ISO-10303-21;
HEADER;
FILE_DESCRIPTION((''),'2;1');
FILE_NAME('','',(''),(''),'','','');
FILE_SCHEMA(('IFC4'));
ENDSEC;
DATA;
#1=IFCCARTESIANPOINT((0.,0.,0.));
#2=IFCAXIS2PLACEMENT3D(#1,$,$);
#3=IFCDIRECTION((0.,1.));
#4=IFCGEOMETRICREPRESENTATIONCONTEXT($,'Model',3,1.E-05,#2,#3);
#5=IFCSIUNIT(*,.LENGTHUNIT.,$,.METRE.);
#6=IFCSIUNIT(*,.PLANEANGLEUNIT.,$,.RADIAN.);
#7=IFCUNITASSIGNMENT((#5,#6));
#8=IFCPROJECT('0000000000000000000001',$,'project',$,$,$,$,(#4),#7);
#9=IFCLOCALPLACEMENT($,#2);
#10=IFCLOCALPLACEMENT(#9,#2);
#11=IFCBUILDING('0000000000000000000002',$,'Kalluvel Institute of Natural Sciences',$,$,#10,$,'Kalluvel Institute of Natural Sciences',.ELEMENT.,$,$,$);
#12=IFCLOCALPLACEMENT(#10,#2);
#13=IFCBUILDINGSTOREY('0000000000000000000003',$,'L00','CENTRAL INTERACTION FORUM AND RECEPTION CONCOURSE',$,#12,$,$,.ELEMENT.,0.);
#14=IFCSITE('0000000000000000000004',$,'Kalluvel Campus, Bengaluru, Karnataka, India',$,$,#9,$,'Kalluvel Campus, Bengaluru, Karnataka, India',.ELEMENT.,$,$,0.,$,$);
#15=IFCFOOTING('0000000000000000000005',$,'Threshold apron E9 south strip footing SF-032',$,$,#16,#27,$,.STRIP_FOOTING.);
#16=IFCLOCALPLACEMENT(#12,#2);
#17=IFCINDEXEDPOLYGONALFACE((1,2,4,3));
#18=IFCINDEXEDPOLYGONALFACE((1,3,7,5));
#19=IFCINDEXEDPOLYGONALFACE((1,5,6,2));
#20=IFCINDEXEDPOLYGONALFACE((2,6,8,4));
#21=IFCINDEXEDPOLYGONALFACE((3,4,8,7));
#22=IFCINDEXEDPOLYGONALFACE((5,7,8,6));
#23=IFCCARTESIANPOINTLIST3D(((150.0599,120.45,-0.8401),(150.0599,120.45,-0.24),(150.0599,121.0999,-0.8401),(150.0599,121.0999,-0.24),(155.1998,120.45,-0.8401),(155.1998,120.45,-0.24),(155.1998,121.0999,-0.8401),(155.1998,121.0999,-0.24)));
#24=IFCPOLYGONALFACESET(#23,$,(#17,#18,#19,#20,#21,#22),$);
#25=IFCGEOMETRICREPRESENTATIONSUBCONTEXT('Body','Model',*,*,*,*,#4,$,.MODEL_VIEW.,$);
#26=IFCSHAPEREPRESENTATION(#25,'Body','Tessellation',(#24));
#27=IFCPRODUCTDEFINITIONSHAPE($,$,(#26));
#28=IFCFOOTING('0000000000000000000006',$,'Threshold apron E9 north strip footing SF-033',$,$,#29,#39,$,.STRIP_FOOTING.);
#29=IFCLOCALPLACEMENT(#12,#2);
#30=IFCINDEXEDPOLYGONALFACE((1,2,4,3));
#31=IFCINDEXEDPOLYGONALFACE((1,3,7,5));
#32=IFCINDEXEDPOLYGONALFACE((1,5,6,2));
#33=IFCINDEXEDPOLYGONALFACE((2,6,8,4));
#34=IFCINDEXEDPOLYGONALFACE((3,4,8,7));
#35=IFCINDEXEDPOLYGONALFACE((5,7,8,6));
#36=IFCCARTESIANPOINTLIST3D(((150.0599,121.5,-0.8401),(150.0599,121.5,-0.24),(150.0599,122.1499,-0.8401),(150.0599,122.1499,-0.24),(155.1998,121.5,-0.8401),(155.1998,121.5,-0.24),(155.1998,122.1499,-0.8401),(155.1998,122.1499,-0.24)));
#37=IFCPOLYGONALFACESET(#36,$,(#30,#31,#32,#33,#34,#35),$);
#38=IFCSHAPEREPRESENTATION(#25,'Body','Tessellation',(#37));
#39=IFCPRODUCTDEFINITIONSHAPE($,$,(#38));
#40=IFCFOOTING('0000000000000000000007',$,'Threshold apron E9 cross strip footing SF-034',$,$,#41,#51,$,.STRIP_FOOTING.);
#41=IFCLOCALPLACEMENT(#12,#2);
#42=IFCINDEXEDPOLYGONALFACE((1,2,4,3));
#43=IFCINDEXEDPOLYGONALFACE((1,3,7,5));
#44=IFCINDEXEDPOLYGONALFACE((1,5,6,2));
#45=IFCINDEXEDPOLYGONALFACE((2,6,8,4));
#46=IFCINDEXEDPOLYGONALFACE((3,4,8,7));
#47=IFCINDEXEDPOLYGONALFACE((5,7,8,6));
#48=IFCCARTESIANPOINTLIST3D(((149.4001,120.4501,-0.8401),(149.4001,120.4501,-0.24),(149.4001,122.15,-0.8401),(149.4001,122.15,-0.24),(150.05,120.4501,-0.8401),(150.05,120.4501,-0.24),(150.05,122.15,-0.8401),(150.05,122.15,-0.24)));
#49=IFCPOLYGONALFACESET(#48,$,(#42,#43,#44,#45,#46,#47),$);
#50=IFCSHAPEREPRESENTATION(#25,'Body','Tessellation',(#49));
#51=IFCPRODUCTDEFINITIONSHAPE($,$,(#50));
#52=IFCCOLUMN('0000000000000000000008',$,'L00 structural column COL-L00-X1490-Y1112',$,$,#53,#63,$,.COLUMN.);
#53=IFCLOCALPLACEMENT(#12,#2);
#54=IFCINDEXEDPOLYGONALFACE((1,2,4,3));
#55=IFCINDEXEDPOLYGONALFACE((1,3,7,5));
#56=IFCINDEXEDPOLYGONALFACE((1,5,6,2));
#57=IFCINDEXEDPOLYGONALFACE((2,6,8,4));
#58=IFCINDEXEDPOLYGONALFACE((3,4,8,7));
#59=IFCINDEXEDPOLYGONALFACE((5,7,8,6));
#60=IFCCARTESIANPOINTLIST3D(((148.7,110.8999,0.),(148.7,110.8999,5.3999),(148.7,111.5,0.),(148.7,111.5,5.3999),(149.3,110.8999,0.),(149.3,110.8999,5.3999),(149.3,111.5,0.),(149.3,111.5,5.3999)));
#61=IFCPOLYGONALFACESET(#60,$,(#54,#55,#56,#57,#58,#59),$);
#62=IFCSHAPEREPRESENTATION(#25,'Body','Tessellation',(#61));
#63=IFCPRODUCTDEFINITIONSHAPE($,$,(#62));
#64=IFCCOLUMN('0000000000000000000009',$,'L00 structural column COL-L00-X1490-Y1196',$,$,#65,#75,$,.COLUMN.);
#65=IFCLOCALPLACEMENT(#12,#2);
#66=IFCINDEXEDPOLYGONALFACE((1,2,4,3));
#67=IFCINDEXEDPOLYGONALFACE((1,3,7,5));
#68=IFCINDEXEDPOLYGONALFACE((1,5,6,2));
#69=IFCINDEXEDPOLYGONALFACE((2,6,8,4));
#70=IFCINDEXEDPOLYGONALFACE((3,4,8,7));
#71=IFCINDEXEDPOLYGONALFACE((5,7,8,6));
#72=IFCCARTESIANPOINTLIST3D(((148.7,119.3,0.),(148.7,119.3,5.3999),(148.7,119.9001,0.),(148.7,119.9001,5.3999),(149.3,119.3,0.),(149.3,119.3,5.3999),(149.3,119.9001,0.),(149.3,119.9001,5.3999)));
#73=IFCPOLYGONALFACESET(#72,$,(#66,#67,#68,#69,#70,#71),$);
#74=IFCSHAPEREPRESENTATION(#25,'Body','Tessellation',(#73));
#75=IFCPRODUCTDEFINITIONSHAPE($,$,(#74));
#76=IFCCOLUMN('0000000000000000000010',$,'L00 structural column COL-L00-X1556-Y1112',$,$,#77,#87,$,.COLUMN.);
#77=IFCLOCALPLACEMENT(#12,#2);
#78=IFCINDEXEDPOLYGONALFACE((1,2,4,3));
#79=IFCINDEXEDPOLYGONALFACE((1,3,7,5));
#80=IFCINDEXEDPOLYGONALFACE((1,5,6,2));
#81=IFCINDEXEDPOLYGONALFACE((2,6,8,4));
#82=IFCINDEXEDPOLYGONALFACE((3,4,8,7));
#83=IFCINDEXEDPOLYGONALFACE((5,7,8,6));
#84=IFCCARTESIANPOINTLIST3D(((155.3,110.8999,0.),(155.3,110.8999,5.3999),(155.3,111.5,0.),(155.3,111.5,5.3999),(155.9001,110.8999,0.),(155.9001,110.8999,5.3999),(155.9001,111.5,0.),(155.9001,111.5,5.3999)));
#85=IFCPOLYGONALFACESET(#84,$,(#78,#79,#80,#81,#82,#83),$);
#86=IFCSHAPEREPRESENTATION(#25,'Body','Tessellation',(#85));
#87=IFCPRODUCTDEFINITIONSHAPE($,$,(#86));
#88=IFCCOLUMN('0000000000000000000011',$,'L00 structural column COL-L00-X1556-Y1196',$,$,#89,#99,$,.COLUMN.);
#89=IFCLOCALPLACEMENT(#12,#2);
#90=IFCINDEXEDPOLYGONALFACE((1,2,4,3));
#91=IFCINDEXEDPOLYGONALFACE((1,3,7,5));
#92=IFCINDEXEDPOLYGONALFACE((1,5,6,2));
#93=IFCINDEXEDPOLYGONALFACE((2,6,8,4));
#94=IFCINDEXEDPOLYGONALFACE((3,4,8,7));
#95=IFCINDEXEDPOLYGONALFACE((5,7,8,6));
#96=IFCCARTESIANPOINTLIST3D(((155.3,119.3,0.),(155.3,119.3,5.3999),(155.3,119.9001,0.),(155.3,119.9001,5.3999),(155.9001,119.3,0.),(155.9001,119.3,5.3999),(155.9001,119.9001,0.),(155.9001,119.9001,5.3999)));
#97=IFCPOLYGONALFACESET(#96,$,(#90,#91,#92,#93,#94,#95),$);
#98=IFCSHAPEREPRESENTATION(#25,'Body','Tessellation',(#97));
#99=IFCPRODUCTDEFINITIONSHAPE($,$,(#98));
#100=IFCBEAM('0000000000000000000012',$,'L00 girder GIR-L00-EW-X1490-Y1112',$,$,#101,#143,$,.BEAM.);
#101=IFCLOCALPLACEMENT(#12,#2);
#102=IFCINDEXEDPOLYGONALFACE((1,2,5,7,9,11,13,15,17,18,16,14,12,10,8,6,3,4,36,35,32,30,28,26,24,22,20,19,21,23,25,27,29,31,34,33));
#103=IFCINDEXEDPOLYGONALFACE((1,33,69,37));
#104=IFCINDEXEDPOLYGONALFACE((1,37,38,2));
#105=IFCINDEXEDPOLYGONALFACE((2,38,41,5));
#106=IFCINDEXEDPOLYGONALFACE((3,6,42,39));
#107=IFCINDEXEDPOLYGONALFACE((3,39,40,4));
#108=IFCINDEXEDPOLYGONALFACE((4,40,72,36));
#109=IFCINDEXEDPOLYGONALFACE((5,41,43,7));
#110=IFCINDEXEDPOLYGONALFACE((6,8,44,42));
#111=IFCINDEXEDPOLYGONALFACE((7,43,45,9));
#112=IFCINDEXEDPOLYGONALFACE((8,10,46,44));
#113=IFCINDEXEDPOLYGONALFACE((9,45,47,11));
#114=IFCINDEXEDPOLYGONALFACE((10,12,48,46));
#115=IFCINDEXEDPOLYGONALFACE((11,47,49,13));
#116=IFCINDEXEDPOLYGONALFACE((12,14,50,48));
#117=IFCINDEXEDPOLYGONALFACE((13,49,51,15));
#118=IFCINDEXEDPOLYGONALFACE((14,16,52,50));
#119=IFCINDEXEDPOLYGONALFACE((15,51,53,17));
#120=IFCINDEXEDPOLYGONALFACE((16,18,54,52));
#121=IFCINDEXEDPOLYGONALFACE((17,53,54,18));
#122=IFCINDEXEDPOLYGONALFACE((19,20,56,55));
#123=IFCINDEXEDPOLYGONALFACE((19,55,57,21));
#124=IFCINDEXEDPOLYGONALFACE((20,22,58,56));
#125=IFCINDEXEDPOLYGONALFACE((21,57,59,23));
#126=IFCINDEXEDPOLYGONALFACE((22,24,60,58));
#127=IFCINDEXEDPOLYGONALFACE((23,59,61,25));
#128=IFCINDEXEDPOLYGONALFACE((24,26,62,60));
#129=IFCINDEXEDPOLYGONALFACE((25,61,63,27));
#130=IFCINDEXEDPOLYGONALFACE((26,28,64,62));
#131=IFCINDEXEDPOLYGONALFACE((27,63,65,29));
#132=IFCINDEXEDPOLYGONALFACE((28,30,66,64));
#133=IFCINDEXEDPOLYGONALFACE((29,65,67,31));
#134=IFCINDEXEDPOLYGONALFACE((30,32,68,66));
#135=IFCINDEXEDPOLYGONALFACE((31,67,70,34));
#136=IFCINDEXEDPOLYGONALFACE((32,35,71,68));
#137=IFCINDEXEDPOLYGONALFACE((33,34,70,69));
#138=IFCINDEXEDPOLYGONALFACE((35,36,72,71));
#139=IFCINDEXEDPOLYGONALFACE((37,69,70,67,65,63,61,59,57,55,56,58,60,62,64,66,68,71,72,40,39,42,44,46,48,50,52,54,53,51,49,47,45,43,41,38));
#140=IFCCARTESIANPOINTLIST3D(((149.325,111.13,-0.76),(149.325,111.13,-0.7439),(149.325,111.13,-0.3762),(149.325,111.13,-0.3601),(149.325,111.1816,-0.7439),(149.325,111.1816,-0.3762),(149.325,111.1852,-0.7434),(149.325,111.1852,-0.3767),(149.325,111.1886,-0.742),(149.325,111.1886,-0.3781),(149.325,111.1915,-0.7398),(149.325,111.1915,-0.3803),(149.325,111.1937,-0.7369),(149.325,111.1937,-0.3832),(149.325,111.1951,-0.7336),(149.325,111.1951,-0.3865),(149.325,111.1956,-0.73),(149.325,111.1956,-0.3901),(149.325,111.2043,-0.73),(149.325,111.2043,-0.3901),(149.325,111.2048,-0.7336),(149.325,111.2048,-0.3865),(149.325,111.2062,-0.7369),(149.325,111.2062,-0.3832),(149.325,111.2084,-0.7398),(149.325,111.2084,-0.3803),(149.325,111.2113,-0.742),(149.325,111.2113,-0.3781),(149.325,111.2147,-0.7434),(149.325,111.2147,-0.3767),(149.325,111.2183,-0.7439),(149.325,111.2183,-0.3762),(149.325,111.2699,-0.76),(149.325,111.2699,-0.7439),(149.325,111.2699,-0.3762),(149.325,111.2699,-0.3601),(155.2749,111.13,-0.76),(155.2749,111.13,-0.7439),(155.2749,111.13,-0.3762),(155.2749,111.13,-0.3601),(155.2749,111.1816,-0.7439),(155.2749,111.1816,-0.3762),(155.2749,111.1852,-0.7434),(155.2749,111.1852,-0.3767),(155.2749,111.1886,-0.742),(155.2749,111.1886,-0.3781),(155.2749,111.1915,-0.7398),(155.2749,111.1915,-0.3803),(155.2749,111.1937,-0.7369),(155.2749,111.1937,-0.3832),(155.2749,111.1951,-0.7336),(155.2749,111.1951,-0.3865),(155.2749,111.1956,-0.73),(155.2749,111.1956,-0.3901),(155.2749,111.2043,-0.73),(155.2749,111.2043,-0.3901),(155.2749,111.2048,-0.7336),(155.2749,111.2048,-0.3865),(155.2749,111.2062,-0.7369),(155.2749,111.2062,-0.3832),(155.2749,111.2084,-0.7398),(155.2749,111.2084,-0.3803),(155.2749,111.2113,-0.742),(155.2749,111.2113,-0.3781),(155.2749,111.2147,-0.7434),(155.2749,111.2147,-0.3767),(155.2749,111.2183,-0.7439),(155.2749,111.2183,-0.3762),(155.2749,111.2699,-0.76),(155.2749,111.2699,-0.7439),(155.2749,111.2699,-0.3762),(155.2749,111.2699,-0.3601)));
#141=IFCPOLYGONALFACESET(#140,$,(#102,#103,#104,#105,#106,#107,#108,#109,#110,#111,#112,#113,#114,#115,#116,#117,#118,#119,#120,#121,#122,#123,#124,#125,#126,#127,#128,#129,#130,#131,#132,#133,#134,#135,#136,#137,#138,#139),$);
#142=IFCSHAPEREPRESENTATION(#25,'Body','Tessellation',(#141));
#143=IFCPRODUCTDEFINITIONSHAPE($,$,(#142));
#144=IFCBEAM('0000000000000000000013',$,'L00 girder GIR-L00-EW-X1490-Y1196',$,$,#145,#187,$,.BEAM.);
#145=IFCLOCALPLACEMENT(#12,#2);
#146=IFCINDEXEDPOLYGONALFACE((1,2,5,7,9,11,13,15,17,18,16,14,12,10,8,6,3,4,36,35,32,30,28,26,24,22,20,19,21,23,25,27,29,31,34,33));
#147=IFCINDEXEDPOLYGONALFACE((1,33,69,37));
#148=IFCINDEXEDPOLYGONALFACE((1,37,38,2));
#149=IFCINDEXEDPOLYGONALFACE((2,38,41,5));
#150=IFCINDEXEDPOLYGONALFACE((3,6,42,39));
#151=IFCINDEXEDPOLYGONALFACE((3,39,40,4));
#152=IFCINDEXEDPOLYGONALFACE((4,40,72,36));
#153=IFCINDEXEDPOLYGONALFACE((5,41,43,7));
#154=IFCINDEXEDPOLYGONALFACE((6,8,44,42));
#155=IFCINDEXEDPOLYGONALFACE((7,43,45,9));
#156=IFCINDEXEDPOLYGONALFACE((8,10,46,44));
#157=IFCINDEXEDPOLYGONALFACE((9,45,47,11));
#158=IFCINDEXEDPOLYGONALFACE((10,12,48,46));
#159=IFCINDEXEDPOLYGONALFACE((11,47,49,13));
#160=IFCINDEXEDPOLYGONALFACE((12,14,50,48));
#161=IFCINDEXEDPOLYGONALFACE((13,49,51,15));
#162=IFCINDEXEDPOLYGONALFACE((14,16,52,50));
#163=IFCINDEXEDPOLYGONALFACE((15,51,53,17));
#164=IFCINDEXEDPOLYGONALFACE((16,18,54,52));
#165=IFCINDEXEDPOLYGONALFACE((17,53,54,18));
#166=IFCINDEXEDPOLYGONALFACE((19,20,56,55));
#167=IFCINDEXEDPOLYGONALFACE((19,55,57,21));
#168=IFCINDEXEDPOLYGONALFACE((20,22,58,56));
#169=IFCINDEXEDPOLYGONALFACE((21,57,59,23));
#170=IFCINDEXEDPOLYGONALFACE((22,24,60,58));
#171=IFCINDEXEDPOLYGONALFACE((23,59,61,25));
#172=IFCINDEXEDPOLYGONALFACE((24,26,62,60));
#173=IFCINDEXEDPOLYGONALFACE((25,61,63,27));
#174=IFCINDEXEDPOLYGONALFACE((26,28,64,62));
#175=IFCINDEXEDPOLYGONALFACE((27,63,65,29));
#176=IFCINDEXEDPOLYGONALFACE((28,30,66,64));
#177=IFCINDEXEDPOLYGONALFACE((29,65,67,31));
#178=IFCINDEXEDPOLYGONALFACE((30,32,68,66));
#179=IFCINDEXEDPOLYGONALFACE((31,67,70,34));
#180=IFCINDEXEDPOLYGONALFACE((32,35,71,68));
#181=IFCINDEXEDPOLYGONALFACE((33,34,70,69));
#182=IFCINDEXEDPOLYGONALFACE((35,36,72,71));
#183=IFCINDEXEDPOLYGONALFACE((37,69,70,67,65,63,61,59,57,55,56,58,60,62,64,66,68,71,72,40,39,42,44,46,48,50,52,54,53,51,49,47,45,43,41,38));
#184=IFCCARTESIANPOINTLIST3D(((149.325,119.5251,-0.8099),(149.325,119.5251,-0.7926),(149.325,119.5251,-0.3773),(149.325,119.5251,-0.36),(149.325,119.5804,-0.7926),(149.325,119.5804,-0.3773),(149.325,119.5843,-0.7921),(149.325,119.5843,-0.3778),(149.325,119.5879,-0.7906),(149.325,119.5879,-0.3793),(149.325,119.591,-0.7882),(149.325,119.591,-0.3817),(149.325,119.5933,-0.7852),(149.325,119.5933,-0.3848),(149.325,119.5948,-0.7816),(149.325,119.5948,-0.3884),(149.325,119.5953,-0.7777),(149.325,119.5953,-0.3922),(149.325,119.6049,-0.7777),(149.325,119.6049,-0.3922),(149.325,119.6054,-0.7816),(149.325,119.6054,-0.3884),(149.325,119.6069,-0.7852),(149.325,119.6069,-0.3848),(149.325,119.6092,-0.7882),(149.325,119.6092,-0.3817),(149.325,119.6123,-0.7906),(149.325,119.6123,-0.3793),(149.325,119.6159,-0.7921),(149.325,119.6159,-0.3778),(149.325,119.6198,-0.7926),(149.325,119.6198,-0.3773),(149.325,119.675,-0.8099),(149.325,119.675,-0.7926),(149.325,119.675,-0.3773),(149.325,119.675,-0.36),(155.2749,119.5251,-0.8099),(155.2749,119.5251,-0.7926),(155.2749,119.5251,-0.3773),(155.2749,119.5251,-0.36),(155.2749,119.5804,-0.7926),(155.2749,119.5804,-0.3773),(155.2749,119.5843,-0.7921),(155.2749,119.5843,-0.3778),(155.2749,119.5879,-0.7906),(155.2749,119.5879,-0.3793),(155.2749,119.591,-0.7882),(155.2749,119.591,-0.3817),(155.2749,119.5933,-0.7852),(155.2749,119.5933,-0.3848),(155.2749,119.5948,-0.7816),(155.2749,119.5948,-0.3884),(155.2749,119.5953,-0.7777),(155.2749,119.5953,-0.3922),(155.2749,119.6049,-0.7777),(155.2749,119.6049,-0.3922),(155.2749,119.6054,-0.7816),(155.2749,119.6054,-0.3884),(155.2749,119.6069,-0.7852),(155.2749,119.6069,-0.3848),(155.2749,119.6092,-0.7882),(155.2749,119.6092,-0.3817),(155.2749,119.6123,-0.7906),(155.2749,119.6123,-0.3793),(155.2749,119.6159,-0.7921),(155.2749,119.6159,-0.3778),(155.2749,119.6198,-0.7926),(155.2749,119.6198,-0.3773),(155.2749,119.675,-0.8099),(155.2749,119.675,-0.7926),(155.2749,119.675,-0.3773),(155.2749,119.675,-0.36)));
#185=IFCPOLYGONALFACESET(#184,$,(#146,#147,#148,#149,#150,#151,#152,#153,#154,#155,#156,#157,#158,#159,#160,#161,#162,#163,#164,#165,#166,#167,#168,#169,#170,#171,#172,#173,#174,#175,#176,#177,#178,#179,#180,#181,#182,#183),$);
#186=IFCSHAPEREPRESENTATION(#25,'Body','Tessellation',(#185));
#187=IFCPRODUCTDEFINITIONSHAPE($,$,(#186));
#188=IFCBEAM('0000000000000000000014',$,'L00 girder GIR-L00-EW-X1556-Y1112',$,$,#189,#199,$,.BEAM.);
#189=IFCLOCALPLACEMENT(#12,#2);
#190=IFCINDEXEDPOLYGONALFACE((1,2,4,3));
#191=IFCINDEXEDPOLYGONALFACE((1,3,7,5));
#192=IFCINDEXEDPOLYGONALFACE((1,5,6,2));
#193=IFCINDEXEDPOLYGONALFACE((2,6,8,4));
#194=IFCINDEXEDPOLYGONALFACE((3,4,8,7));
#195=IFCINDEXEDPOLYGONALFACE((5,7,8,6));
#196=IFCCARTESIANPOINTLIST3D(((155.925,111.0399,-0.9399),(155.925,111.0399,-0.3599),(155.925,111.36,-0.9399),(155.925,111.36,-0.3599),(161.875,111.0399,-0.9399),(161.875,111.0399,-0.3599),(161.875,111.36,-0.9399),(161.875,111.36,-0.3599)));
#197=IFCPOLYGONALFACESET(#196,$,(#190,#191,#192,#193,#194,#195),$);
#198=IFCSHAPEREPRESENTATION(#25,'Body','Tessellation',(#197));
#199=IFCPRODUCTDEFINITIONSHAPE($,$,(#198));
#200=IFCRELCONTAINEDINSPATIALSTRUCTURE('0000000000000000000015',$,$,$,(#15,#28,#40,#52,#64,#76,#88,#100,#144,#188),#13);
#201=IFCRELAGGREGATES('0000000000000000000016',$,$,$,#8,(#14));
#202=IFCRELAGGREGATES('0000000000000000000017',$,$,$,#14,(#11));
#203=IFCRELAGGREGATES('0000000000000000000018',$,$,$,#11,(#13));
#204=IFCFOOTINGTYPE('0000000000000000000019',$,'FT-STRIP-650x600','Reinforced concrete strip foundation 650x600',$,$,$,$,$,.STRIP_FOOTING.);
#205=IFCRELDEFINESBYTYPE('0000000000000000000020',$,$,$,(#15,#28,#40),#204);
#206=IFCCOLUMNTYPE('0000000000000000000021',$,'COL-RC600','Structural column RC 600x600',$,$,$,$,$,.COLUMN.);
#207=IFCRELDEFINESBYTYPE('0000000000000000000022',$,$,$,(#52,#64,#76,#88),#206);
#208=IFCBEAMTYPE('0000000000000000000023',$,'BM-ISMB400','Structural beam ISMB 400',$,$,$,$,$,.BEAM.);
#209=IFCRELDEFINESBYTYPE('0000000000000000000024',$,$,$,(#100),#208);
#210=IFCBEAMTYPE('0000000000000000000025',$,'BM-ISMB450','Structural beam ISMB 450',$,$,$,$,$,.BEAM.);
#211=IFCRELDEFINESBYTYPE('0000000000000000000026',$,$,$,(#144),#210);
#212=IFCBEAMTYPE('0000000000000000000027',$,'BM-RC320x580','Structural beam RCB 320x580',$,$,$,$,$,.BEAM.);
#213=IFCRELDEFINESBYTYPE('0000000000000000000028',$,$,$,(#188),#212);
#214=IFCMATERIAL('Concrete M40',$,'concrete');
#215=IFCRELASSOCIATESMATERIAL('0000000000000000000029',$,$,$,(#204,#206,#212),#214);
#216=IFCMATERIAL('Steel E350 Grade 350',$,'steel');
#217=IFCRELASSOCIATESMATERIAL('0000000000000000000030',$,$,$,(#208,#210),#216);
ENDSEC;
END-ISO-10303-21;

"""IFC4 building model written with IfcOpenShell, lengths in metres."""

from ifc_helpers import new_model, si_unit, direction, frame, origin, origin_2d, place, context, subcontext, project, spatial, rectangle, i_section, extrude, material, material_profile, profile_set, type_object, element, save


model = new_model("IFC4")

# Units and contexts
model_context = context("Model", 3, precision=1e-05, world=origin(), true_north=direction((0.0, 1.0)))
body_context = subcontext(model_context, "Body", "Model", "MODEL_VIEW")
ifc_project = project(units=[si_unit("LENGTHUNIT", "METRE"), si_unit("PLANEANGLEUNIT", "RADIAN")], contexts=[model_context])

# Site, building, storey
site_placement = place(None, origin())
site = spatial("IfcSite", under=ifc_project, at=site_placement, Name="Kalluvel Campus, Bengaluru, Karnataka, India", LongName="Kalluvel Campus, Bengaluru, Karnataka, India", CompositionType="ELEMENT", RefElevation=0.0)
building_placement = place(site_placement, origin())
building = spatial("IfcBuilding", under=site, at=building_placement, Name="Kalluvel Institute of Natural Sciences", LongName="Kalluvel Institute of Natural Sciences", CompositionType="ELEMENT")
storey_placement = place(building_placement, origin())
storey = spatial("IfcBuildingStorey", under=building, at=storey_placement, Name="L00", Description="CENTRAL INTERACTION FORUM AND RECEPTION CONCOURSE", CompositionType="ELEMENT", Elevation=0.0)

# Footings
ifc_material_1 = material(Name="Concrete M40", Category="concrete")
footing_type = type_object("IfcFootingType", Name="FT-STRIP-650x600", Description="Reinforced concrete strip foundation 650x600", PredefinedType="STRIP_FOOTING", material=ifc_material_1)
for number, where, z_axis, x_axis, name in (
    (1, (152.6299, 120.7749, -0.8401), (0.0, 0.0, 1.0), (1.0, 0.0, 0.0), "Threshold apron E9 south strip footing SF-032"),
    (2, (152.6299, 121.825, -0.8401), (0.0, 0.0, 1.0), (1.0, 0.0, 0.0), "Threshold apron E9 north strip footing SF-033"),
):
    element("IfcFooting", number, at=place(storey_placement, frame(where, z_axis=z_axis, x_axis=x_axis)), inside=storey, type_object=footing_type, Name=name, PredefinedType="STRIP_FOOTING", context=body_context, shape_type="SweptSolid", body=[
        extrude(rectangle(XDim=5.1399, YDim=0.6499, at=origin_2d()), origin(), (0.0, 0.0, 1.0), 0.6001),
    ])
footing_placement = place(storey_placement, frame((149.7251, 121.3, -0.8401), z_axis=(0.0, 0.0, 1.0), x_axis=(1.0, 0.0, 0.0)))
element("IfcFooting", 3, at=footing_placement, inside=storey, type_object=footing_type, Name="Threshold apron E9 cross strip footing SF-034", PredefinedType="STRIP_FOOTING", context=body_context, shape_type="SweptSolid", body=[
    extrude(rectangle(XDim=0.6499, YDim=1.7, at=origin_2d()), origin(), (0.0, 0.0, 1.0), 0.6001),
])

# Columns
ifc_material_profile_1 = material_profile(ifc_material_1, rectangle(XDim=0.6001, YDim=0.6001, at=origin_2d()), Name="RC 600x600")
ifc_profile_set_1 = profile_set([ifc_material_profile_1], Name="Concrete M40")
column_type = type_object("IfcColumnType", Name="COL-RC600", Description="Structural column RC 600x600", PredefinedType="COLUMN", material=ifc_profile_set_1)
for number, where, z_axis, x_axis, name in (
    (4, (149.0, 111.2, 0.0), (0.0, 0.0, 1.0), (1.0, 0.0, 0.0), "L00 structural column COL-L00-X1490-Y1112"),
    (5, (149.0, 119.6001, 0.0), (0.0, 0.0, 1.0), (1.0, 0.0, 0.0), "L00 structural column COL-L00-X1490-Y1196"),
    (6, (155.6001, 111.2, 0.0), (0.0, 0.0, 1.0), (1.0, 0.0, 0.0), "L00 structural column COL-L00-X1556-Y1112"),
    (7, (155.6001, 119.6001, 0.0), (0.0, 0.0, 1.0), (1.0, 0.0, 0.0), "L00 structural column COL-L00-X1556-Y1196"),
):
    element("IfcColumn", number, at=place(storey_placement, frame(where, z_axis=z_axis, x_axis=x_axis)), inside=storey, type_object=column_type, Name=name, PredefinedType="COLUMN", context=body_context, shape_type="SweptSolid", body=[
        extrude(rectangle(XDim=0.6001, YDim=0.6001, at=origin_2d()), origin(), (0.0, 0.0, 1.0), 5.3999),
    ])

# Beams
ifc_material_2 = material(Name="Steel E350 Grade 350", Category="steel")
ifc_material_profile_2 = material_profile(ifc_material_2, i_section(OverallWidth=0.1399, OverallDepth=0.3999, WebThickness=0.0088, FlangeThickness=0.0161, FilletRadius=0.0139, at=origin_2d()), Name="ISMB 400")
ifc_profile_set_2 = profile_set([ifc_material_profile_2], Name="Steel E350 Grade 350")
beam_type_1 = type_object("IfcBeamType", Name="BM-ISMB400", Description="Structural beam ISMB 400", PredefinedType="BEAM", material=ifc_profile_set_2)
beam_1_placement = place(storey_placement, frame((149.325, 111.2, -0.5601), z_axis=(1.0, 0.0, 0.0), x_axis=(0.0, 1.0, 0.0)))
element("IfcBeam", 8, at=beam_1_placement, inside=storey, type_object=beam_type_1, Name="L00 girder GIR-L00-EW-X1490-Y1112", PredefinedType="BEAM", context=body_context, shape_type="SweptSolid", body=[
    extrude(i_section(OverallWidth=0.1399, OverallDepth=0.3999, WebThickness=0.0088, FlangeThickness=0.0161, FilletRadius=0.0139, at=origin_2d()), origin(), (0.0, 0.0, 1.0), 5.95),
])
ifc_material_profile_3 = material_profile(ifc_material_2, i_section(OverallWidth=0.1499, OverallDepth=0.45, WebThickness=0.0095, FlangeThickness=0.0173, FilletRadius=0.0149, at=origin_2d()), Name="ISMB 450")
ifc_profile_set_3 = profile_set([ifc_material_profile_3], Name="Steel E350 Grade 350")
beam_type_2 = type_object("IfcBeamType", Name="BM-ISMB450", Description="Structural beam ISMB 450", PredefinedType="BEAM", material=ifc_profile_set_3)
beam_2_placement = place(storey_placement, frame((149.325, 119.6001, -0.585), z_axis=(1.0, 0.0, 0.0), x_axis=(0.0, 1.0, 0.0)))
element("IfcBeam", 9, at=beam_2_placement, inside=storey, type_object=beam_type_2, Name="L00 girder GIR-L00-EW-X1490-Y1196", PredefinedType="BEAM", context=body_context, shape_type="SweptSolid", body=[
    extrude(i_section(OverallWidth=0.1499, OverallDepth=0.45, WebThickness=0.0095, FlangeThickness=0.0173, FilletRadius=0.0149, at=origin_2d()), origin(), (0.0, 0.0, 1.0), 5.95),
])
ifc_material_profile_4 = material_profile(ifc_material_1, rectangle(XDim=0.3201, YDim=0.5801, at=origin_2d()), Name="RCB 320x580")
ifc_profile_set_4 = profile_set([ifc_material_profile_4], Name="Concrete M40")
beam_type_3 = type_object("IfcBeamType", Name="BM-RC320x580", Description="Structural beam RCB 320x580", PredefinedType="BEAM", material=ifc_profile_set_4)
for number, where, z_axis, x_axis, name in (
    (10, (155.925, 111.2, -0.6499), (1.0, 0.0, 0.0), (0.0, 1.0, 0.0), "L00 girder GIR-L00-EW-X1556-Y1112"),
):
    element("IfcBeam", number, at=place(storey_placement, frame(where, z_axis=z_axis, x_axis=x_axis)), inside=storey, type_object=beam_type_3, Name=name, PredefinedType="BEAM", context=body_context, shape_type="SweptSolid", body=[
        extrude(rectangle(XDim=0.3201, YDim=0.5801, at=origin_2d()), origin(), (0.0, 0.0, 1.0), 5.95),
    ])

save(model, "model.ifc")
